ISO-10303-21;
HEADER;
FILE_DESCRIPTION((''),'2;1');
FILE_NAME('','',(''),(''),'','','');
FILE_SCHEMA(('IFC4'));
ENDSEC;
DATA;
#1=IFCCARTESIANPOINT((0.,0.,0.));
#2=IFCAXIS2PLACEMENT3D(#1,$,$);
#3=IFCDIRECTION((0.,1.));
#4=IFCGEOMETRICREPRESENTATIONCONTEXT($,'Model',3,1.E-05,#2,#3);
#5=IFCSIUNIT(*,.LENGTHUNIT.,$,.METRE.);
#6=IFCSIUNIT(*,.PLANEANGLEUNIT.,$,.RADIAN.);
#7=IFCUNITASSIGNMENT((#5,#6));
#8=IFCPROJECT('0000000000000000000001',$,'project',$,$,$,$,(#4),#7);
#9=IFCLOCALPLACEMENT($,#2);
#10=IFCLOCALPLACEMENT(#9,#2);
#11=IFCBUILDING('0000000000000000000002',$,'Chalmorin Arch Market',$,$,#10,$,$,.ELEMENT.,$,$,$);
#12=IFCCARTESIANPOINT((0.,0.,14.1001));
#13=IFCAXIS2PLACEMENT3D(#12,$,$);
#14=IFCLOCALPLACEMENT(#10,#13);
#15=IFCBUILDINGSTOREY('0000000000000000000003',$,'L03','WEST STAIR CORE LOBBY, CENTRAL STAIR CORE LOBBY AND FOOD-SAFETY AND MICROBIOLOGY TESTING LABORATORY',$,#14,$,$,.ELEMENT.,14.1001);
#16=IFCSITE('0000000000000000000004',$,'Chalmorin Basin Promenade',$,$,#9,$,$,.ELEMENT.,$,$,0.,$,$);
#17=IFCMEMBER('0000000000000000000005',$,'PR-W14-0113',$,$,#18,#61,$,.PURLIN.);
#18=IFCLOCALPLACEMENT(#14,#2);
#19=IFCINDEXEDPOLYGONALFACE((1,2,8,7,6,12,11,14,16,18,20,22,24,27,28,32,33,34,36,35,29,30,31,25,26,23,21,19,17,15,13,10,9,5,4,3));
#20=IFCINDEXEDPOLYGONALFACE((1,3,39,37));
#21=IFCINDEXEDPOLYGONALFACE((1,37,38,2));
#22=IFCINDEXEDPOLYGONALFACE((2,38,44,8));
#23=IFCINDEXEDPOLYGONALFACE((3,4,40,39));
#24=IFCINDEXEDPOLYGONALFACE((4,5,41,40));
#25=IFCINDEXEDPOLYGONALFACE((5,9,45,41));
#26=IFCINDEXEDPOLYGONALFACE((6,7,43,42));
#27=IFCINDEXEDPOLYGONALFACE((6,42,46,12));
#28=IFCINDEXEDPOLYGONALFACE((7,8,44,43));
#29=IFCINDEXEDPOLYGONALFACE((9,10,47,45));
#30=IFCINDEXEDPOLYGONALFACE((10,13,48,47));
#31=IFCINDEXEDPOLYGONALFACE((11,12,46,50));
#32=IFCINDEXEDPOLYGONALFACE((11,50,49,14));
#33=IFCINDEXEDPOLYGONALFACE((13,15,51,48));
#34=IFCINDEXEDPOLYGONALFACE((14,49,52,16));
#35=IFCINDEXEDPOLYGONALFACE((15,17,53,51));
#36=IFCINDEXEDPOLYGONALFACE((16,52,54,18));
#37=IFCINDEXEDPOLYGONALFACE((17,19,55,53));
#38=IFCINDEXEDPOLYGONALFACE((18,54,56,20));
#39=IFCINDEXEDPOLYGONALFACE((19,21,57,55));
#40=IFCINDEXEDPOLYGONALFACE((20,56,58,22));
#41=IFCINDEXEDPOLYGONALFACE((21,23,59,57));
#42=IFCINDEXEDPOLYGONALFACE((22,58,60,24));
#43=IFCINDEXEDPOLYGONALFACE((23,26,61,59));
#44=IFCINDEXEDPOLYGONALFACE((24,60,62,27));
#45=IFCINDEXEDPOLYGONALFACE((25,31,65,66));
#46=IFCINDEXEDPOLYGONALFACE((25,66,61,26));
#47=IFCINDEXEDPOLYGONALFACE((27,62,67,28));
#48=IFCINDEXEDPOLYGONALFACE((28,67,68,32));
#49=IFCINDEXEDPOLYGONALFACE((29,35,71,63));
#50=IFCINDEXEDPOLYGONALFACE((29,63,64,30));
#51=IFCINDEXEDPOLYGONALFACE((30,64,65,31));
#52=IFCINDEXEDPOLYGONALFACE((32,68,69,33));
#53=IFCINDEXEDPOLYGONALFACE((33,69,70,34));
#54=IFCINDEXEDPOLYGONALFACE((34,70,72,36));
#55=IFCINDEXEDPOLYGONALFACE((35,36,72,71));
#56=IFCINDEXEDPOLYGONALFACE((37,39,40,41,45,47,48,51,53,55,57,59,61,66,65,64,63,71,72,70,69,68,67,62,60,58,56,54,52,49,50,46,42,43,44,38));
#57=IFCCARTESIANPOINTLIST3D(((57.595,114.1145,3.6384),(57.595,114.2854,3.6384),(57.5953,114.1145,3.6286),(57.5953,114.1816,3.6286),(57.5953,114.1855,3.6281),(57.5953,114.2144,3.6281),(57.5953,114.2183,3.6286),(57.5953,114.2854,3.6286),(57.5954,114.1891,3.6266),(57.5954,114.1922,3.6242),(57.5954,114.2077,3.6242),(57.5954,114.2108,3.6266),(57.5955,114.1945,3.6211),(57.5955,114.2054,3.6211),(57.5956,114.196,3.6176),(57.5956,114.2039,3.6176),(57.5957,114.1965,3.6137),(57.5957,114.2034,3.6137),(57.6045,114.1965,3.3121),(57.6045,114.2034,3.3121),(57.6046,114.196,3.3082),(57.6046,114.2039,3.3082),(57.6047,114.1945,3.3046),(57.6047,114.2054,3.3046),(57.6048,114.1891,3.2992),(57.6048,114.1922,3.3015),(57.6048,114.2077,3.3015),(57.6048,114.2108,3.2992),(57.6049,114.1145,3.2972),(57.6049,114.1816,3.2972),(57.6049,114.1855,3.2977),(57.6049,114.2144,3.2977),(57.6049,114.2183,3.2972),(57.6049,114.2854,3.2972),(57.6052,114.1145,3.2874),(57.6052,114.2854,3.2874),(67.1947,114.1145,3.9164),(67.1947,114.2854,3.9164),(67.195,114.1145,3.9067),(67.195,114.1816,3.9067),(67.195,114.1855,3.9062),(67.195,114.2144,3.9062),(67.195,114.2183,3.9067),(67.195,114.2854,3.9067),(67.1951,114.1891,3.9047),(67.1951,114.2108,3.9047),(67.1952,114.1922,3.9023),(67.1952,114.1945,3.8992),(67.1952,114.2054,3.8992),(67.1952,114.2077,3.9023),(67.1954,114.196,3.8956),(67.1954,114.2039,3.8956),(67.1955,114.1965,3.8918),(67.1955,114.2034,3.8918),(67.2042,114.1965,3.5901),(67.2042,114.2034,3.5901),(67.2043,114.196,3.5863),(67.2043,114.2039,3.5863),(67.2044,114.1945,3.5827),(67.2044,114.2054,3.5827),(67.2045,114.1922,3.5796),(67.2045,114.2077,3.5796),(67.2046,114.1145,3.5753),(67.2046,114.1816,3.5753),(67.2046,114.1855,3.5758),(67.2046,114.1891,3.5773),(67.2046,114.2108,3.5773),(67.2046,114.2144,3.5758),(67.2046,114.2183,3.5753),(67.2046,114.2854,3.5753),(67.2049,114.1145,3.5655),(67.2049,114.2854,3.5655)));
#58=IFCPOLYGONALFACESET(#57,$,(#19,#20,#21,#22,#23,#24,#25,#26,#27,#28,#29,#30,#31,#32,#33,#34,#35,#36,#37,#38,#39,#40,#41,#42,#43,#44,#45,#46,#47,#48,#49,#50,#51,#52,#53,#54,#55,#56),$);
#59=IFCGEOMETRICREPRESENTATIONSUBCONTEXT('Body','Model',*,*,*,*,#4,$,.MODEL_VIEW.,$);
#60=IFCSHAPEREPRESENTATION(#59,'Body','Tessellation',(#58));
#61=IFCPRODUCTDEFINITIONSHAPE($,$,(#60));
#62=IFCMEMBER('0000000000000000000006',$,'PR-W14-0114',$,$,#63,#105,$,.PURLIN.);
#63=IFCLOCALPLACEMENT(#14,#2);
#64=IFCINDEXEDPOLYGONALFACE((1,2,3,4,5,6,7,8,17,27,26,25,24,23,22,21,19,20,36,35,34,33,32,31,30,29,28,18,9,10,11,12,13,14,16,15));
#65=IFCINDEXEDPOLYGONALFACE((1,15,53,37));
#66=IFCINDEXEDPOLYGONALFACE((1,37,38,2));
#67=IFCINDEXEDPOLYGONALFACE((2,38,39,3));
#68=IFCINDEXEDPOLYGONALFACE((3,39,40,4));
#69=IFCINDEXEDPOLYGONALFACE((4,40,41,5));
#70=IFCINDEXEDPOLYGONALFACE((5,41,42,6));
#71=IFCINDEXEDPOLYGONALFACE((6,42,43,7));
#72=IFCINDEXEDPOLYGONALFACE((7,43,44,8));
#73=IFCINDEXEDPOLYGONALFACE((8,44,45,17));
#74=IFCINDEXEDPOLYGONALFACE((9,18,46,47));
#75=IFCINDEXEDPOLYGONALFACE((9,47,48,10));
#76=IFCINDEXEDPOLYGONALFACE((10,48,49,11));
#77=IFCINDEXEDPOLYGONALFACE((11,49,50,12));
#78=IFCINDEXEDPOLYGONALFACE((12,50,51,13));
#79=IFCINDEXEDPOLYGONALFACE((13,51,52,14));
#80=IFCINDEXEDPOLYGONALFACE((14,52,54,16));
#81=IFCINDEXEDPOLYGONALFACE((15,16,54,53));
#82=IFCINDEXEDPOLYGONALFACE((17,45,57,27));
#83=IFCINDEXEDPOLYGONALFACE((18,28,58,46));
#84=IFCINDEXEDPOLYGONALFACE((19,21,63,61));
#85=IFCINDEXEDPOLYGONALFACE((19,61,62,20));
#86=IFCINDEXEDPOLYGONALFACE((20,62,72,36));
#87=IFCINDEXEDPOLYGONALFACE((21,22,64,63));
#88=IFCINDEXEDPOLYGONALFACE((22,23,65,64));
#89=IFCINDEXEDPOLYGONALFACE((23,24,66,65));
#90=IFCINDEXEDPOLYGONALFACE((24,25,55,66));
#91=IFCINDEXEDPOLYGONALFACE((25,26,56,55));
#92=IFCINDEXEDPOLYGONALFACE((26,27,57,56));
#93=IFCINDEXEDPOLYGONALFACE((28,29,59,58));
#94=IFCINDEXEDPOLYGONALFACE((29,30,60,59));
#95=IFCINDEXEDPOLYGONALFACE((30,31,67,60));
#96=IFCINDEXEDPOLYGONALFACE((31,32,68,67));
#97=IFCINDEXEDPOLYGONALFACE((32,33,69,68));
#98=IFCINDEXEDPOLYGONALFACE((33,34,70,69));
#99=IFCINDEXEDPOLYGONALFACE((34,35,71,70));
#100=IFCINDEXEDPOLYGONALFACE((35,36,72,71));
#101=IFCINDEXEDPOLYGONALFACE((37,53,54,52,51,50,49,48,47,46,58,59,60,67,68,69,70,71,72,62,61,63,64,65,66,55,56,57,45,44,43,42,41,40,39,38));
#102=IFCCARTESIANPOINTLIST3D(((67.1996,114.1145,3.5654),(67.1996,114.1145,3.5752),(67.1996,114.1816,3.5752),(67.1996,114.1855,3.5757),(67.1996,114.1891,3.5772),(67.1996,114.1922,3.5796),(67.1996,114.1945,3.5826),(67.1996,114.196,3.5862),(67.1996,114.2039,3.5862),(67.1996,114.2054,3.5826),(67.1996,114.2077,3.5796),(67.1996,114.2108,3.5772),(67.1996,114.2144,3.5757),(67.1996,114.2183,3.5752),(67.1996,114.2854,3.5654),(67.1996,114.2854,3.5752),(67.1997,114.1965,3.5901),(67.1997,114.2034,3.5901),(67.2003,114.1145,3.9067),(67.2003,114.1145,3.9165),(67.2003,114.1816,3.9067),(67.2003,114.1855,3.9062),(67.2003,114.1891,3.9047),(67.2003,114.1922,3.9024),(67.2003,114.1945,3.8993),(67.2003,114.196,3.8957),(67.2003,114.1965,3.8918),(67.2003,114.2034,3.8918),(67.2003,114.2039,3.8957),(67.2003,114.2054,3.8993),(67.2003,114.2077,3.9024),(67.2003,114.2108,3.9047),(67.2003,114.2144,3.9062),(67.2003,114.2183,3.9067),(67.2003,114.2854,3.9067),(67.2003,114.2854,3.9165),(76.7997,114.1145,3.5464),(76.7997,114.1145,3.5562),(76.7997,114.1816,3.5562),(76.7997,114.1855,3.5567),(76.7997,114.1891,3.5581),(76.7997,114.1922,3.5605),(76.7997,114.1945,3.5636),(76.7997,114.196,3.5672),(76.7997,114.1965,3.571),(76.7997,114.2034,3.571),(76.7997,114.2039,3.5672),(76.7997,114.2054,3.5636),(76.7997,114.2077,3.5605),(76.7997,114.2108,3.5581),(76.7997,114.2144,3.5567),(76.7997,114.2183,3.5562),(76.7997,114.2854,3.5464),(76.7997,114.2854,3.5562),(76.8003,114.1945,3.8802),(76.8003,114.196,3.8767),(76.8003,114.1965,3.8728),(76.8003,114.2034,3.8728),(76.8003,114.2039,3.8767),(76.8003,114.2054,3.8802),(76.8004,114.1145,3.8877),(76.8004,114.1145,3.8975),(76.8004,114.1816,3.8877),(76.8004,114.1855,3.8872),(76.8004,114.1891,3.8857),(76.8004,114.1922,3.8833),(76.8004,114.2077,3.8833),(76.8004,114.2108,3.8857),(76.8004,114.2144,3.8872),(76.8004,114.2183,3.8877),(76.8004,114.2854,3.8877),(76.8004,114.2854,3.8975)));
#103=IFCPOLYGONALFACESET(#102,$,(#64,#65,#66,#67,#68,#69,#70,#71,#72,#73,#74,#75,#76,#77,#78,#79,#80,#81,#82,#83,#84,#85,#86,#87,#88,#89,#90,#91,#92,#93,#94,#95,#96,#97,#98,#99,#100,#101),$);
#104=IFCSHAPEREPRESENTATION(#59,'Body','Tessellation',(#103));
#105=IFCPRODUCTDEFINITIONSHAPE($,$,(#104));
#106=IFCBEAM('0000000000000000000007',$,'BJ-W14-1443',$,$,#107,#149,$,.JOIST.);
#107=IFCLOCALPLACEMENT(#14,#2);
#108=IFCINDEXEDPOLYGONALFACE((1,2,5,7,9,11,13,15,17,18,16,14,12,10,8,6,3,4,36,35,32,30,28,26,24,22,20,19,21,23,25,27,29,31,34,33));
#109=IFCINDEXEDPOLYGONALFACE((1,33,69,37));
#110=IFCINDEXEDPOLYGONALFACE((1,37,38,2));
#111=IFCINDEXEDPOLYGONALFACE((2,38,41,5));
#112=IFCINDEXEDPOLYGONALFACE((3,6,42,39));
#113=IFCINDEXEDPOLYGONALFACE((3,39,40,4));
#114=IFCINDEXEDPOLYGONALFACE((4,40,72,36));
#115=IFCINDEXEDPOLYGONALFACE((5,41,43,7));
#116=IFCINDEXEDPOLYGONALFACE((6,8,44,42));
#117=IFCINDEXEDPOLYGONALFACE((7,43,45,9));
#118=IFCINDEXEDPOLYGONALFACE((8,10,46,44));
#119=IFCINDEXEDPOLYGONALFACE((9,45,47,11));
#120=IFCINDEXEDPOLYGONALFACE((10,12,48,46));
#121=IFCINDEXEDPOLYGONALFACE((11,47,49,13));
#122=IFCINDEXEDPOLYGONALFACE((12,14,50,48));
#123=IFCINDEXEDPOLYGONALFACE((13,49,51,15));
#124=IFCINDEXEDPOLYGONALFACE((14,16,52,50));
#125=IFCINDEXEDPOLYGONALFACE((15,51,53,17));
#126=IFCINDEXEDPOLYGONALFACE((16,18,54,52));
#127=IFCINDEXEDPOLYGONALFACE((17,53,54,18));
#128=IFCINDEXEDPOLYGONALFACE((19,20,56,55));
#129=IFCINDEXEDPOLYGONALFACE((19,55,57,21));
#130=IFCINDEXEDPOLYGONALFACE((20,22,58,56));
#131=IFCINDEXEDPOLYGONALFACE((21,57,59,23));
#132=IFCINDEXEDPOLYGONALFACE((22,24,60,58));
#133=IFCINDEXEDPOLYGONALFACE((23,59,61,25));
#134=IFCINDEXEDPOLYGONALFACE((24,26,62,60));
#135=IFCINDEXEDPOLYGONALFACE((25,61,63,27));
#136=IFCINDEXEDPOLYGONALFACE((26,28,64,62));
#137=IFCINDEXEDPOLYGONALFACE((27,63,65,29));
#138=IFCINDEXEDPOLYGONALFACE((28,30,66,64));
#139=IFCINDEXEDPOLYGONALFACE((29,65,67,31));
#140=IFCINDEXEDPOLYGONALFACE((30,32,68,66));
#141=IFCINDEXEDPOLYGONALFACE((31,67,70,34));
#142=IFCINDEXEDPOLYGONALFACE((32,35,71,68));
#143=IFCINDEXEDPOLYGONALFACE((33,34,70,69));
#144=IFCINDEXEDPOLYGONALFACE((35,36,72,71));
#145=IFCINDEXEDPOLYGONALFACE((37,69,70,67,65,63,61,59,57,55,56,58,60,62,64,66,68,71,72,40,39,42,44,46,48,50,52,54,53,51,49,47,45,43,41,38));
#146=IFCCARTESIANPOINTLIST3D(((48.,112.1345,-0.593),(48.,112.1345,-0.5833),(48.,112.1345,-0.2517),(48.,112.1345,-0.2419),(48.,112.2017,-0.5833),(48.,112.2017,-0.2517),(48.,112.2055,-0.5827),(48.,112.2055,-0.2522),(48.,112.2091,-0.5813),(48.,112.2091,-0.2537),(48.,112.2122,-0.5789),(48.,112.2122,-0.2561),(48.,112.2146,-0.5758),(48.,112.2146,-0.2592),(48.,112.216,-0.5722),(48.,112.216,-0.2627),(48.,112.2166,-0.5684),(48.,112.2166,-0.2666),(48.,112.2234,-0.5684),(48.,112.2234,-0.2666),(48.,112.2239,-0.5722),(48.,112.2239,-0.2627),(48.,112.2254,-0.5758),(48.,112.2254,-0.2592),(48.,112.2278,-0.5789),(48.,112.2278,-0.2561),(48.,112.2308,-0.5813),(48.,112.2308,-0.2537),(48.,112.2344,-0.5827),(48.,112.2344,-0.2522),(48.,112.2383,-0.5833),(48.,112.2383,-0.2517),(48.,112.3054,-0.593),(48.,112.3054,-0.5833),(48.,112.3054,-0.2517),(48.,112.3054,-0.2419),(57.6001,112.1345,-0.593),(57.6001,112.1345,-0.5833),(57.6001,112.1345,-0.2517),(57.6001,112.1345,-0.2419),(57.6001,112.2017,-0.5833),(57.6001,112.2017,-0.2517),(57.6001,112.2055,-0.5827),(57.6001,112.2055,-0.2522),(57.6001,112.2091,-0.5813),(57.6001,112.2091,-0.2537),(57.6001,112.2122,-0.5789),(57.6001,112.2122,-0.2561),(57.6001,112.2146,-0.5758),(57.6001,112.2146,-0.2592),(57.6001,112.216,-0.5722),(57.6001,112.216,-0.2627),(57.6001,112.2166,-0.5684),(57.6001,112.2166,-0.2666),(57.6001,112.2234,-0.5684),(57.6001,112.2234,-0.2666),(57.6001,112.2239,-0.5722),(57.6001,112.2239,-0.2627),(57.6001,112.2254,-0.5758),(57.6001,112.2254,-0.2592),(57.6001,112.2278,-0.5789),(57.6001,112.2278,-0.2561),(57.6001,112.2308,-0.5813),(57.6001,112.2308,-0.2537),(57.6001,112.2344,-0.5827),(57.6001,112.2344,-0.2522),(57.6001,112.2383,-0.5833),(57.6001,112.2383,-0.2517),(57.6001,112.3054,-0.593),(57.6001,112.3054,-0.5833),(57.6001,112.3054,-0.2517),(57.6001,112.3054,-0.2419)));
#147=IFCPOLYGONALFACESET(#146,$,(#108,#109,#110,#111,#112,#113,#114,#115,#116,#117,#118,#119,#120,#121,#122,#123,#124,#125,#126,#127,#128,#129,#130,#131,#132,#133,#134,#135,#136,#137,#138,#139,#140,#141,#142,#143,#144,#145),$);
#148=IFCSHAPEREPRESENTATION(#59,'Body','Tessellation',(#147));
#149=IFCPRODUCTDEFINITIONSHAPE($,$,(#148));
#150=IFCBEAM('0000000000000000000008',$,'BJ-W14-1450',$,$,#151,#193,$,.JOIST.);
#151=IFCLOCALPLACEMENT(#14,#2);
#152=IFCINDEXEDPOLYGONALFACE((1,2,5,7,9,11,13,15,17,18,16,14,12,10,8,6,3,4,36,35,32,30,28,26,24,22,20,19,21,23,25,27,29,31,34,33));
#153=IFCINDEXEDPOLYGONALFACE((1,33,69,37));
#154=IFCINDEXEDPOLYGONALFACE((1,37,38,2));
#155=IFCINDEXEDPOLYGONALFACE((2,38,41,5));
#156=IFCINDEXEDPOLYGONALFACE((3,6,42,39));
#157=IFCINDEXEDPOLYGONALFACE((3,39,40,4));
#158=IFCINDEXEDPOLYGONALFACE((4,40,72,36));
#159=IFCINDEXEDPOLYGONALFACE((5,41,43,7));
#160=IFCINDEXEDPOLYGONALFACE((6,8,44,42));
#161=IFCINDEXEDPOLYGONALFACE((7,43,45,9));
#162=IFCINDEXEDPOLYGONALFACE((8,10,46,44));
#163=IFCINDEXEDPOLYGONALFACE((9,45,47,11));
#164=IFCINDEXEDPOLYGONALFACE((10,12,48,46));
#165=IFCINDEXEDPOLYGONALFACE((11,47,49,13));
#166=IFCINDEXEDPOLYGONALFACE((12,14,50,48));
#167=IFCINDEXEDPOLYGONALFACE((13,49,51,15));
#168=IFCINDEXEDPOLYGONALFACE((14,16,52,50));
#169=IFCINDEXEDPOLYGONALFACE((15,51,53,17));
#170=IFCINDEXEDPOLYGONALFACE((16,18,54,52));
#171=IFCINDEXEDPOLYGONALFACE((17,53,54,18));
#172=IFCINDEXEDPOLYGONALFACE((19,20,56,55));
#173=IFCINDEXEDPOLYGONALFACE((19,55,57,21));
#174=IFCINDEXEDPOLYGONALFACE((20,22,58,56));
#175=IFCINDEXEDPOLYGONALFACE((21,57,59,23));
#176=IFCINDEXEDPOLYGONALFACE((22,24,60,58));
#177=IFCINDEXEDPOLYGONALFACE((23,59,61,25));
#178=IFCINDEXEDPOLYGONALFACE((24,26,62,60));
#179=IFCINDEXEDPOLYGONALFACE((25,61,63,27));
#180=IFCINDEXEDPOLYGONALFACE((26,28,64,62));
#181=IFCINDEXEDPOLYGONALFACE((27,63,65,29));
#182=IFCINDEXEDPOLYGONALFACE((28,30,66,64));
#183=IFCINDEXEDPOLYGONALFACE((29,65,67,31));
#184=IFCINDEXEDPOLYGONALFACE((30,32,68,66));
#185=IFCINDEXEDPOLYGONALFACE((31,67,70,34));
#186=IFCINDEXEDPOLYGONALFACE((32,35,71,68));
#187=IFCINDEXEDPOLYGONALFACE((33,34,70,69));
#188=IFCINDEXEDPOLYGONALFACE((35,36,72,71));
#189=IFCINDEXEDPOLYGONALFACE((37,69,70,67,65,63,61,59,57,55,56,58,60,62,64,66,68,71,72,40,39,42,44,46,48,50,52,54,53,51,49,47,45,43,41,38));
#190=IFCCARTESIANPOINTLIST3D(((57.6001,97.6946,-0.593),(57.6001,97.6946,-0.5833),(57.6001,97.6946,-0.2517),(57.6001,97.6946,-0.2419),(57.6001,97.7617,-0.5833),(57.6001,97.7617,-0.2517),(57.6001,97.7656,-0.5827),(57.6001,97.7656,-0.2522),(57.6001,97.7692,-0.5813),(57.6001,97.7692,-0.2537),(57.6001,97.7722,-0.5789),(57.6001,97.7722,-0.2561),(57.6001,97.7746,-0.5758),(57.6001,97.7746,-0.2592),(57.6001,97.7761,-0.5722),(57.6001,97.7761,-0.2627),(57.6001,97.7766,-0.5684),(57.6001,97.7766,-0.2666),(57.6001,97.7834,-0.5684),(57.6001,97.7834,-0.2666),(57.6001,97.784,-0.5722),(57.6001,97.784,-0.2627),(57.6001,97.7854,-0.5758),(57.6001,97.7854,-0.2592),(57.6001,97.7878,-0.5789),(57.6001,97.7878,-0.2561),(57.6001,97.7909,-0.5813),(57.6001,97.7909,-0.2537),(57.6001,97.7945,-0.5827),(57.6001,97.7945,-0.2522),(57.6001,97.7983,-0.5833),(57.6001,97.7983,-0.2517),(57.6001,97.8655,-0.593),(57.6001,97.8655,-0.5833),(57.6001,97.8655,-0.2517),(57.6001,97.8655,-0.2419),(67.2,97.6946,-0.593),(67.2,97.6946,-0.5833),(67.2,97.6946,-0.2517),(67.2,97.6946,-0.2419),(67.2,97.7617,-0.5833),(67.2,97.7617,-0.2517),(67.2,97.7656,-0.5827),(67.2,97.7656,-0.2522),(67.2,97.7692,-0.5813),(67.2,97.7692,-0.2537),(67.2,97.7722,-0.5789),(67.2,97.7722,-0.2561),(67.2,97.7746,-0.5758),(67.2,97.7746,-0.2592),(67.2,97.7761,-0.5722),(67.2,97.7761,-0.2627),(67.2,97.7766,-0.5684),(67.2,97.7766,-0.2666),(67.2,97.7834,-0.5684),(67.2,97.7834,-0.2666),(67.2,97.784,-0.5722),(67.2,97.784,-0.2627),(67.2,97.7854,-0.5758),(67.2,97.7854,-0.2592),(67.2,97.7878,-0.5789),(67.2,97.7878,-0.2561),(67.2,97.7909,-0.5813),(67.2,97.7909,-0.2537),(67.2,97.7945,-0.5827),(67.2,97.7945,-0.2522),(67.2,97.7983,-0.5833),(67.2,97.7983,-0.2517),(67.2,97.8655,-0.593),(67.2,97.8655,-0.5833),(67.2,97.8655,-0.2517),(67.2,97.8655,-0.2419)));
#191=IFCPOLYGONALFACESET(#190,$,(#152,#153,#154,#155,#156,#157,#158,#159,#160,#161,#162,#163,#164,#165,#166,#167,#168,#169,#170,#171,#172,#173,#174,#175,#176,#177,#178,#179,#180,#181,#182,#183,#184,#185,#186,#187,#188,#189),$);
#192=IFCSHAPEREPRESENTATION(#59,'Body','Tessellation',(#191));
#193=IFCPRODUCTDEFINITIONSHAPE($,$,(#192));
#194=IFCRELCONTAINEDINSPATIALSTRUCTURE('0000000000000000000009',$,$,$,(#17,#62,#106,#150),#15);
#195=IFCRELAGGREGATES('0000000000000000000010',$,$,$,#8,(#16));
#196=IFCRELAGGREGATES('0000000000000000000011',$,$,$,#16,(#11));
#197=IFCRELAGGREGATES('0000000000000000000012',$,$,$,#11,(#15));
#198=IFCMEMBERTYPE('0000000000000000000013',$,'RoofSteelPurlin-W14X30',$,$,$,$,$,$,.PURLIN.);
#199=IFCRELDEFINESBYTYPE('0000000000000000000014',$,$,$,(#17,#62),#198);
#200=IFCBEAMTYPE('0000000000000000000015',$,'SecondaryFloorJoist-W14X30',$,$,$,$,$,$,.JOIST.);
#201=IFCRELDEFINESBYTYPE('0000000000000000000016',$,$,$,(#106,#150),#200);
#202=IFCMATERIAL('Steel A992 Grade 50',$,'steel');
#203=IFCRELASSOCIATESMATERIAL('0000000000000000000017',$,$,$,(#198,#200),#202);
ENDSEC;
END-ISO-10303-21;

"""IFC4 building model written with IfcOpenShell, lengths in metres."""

from ifc_helpers import new_model, si_unit, direction, frame, origin, origin_2d, place, context, subcontext, project, spatial, i_section, extrude, material, material_profile, profile_set, type_object, element, save


model = new_model("IFC4")

# Units and contexts
model_context = context("Model", 3, precision=1e-05, world=origin(), true_north=direction((0.0, 1.0)))
body_context = subcontext(model_context, "Body", "Model", "MODEL_VIEW")
ifc_project = project(units=[si_unit("LENGTHUNIT", "METRE"), si_unit("PLANEANGLEUNIT", "RADIAN")], contexts=[model_context])

# Site, building, storey
site_placement = place(None, origin())
site = spatial("IfcSite", under=ifc_project, at=site_placement, Name="Chalmorin Basin Promenade", CompositionType="ELEMENT", RefElevation=0.0)
building_placement = place(site_placement, origin())
building = spatial("IfcBuilding", under=site, at=building_placement, Name="Chalmorin Arch Market", CompositionType="ELEMENT")
storey_placement = place(building_placement, frame((0.0, 0.0, 14.1001)))
storey = spatial("IfcBuildingStorey", under=building, at=storey_placement, Name="L03", Description="WEST STAIR CORE LOBBY, CENTRAL STAIR CORE LOBBY AND FOOD-SAFETY AND MICROBIOLOGY TESTING LABORATORY", CompositionType="ELEMENT", Elevation=14.1001)

# Shared definitions
ifc_material_1 = material(Name="Steel A992 Grade 50", Category="steel")

# Members
ifc_material_profile_1 = material_profile(ifc_material_1, i_section(OverallWidth=0.1709, OverallDepth=0.3511, WebThickness=0.0068, FlangeThickness=0.0098, FilletRadius=0.0149, at=origin_2d()), Name="W14X30")
ifc_profile_set_1 = profile_set([ifc_material_profile_1], Name="Steel A992 Grade 50")
member_type_1 = type_object("IfcMemberType", Name="RoofSteelPurlin-W14X30", PredefinedType="PURLIN", material=ifc_profile_set_1)
member_1_placement = place(storey_placement, frame((57.6001, 114.2, 3.4629), z_axis=(0.999581, 0.0, 0.028955), x_axis=(0.0, 1.0, 0.0)))
element("IfcMember", 1, at=member_1_placement, inside=storey, type_object=member_type_1, Name="PR-W14-0113", PredefinedType="PURLIN", context=body_context, shape_type="SweptSolid", body=[
    extrude(i_section(OverallWidth=0.1709, OverallDepth=0.3511, WebThickness=0.0068, FlangeThickness=0.0098, FilletRadius=0.0149, at=origin_2d()), origin(), (0.0, 0.0, 1.0), 9.6038),
])
member_2_placement = place(storey_placement, frame((67.2, 114.2, 3.741), z_axis=(0.999998, 0.0, -0.001984), x_axis=(0.0, 1.0, 0.0)))
element("IfcMember", 2, at=member_2_placement, inside=storey, type_object=member_type_1, Name="PR-W14-0114", PredefinedType="PURLIN", context=body_context, shape_type="SweptSolid", body=[
    extrude(i_section(OverallWidth=0.1709, OverallDepth=0.3511, WebThickness=0.0068, FlangeThickness=0.0098, FilletRadius=0.0149, at=origin_2d()), origin(), (0.0, 0.0, 1.0), 9.6001),
])

# Beams
ifc_material_profile_2 = material_profile(ifc_material_1, i_section(OverallWidth=0.1709, OverallDepth=0.3511, WebThickness=0.0068, FlangeThickness=0.0098, FilletRadius=0.0149, at=origin_2d()), Name="W14X30")
ifc_profile_set_2 = profile_set([ifc_material_profile_2], Name="Steel A992 Grade 50")
beam_type_1 = type_object("IfcBeamType", Name="SecondaryFloorJoist-W14X30", PredefinedType="JOIST", material=ifc_profile_set_2)
beam_1_placement = place(storey_placement, frame((48.0, 112.22, -0.4175), z_axis=(1.0, 0.0, 0.0), x_axis=(0.0, 1.0, 0.0)))
element("IfcBeam", 3, at=beam_1_placement, inside=storey, type_object=beam_type_1, Name="BJ-W14-1443", PredefinedType="JOIST", context=body_context, shape_type="SweptSolid", body=[
    extrude(i_section(OverallWidth=0.1709, OverallDepth=0.3511, WebThickness=0.0068, FlangeThickness=0.0098, FilletRadius=0.0149, at=origin_2d()), origin(), (0.0, 0.0, 1.0), 9.6001),
])
for number, where, z_axis, x_axis, name in (
    (4, (57.6001, 97.78, -0.4175), (1.0, 0.0, 0.0), (0.0, 1.0, 0.0), "BJ-W14-1450"),
):
    element("IfcBeam", number, at=place(storey_placement, frame(where, z_axis=z_axis, x_axis=x_axis)), inside=storey, type_object=beam_type_1, Name=name, PredefinedType="JOIST", context=body_context, shape_type="SweptSolid", body=[
        extrude(i_section(OverallWidth=0.1709, OverallDepth=0.3511, WebThickness=0.0068, FlangeThickness=0.0098, FilletRadius=0.0149, at=origin_2d()), origin(), (0.0, 0.0, 1.0), 9.5999),
    ])

save(model, "model.ifc")
